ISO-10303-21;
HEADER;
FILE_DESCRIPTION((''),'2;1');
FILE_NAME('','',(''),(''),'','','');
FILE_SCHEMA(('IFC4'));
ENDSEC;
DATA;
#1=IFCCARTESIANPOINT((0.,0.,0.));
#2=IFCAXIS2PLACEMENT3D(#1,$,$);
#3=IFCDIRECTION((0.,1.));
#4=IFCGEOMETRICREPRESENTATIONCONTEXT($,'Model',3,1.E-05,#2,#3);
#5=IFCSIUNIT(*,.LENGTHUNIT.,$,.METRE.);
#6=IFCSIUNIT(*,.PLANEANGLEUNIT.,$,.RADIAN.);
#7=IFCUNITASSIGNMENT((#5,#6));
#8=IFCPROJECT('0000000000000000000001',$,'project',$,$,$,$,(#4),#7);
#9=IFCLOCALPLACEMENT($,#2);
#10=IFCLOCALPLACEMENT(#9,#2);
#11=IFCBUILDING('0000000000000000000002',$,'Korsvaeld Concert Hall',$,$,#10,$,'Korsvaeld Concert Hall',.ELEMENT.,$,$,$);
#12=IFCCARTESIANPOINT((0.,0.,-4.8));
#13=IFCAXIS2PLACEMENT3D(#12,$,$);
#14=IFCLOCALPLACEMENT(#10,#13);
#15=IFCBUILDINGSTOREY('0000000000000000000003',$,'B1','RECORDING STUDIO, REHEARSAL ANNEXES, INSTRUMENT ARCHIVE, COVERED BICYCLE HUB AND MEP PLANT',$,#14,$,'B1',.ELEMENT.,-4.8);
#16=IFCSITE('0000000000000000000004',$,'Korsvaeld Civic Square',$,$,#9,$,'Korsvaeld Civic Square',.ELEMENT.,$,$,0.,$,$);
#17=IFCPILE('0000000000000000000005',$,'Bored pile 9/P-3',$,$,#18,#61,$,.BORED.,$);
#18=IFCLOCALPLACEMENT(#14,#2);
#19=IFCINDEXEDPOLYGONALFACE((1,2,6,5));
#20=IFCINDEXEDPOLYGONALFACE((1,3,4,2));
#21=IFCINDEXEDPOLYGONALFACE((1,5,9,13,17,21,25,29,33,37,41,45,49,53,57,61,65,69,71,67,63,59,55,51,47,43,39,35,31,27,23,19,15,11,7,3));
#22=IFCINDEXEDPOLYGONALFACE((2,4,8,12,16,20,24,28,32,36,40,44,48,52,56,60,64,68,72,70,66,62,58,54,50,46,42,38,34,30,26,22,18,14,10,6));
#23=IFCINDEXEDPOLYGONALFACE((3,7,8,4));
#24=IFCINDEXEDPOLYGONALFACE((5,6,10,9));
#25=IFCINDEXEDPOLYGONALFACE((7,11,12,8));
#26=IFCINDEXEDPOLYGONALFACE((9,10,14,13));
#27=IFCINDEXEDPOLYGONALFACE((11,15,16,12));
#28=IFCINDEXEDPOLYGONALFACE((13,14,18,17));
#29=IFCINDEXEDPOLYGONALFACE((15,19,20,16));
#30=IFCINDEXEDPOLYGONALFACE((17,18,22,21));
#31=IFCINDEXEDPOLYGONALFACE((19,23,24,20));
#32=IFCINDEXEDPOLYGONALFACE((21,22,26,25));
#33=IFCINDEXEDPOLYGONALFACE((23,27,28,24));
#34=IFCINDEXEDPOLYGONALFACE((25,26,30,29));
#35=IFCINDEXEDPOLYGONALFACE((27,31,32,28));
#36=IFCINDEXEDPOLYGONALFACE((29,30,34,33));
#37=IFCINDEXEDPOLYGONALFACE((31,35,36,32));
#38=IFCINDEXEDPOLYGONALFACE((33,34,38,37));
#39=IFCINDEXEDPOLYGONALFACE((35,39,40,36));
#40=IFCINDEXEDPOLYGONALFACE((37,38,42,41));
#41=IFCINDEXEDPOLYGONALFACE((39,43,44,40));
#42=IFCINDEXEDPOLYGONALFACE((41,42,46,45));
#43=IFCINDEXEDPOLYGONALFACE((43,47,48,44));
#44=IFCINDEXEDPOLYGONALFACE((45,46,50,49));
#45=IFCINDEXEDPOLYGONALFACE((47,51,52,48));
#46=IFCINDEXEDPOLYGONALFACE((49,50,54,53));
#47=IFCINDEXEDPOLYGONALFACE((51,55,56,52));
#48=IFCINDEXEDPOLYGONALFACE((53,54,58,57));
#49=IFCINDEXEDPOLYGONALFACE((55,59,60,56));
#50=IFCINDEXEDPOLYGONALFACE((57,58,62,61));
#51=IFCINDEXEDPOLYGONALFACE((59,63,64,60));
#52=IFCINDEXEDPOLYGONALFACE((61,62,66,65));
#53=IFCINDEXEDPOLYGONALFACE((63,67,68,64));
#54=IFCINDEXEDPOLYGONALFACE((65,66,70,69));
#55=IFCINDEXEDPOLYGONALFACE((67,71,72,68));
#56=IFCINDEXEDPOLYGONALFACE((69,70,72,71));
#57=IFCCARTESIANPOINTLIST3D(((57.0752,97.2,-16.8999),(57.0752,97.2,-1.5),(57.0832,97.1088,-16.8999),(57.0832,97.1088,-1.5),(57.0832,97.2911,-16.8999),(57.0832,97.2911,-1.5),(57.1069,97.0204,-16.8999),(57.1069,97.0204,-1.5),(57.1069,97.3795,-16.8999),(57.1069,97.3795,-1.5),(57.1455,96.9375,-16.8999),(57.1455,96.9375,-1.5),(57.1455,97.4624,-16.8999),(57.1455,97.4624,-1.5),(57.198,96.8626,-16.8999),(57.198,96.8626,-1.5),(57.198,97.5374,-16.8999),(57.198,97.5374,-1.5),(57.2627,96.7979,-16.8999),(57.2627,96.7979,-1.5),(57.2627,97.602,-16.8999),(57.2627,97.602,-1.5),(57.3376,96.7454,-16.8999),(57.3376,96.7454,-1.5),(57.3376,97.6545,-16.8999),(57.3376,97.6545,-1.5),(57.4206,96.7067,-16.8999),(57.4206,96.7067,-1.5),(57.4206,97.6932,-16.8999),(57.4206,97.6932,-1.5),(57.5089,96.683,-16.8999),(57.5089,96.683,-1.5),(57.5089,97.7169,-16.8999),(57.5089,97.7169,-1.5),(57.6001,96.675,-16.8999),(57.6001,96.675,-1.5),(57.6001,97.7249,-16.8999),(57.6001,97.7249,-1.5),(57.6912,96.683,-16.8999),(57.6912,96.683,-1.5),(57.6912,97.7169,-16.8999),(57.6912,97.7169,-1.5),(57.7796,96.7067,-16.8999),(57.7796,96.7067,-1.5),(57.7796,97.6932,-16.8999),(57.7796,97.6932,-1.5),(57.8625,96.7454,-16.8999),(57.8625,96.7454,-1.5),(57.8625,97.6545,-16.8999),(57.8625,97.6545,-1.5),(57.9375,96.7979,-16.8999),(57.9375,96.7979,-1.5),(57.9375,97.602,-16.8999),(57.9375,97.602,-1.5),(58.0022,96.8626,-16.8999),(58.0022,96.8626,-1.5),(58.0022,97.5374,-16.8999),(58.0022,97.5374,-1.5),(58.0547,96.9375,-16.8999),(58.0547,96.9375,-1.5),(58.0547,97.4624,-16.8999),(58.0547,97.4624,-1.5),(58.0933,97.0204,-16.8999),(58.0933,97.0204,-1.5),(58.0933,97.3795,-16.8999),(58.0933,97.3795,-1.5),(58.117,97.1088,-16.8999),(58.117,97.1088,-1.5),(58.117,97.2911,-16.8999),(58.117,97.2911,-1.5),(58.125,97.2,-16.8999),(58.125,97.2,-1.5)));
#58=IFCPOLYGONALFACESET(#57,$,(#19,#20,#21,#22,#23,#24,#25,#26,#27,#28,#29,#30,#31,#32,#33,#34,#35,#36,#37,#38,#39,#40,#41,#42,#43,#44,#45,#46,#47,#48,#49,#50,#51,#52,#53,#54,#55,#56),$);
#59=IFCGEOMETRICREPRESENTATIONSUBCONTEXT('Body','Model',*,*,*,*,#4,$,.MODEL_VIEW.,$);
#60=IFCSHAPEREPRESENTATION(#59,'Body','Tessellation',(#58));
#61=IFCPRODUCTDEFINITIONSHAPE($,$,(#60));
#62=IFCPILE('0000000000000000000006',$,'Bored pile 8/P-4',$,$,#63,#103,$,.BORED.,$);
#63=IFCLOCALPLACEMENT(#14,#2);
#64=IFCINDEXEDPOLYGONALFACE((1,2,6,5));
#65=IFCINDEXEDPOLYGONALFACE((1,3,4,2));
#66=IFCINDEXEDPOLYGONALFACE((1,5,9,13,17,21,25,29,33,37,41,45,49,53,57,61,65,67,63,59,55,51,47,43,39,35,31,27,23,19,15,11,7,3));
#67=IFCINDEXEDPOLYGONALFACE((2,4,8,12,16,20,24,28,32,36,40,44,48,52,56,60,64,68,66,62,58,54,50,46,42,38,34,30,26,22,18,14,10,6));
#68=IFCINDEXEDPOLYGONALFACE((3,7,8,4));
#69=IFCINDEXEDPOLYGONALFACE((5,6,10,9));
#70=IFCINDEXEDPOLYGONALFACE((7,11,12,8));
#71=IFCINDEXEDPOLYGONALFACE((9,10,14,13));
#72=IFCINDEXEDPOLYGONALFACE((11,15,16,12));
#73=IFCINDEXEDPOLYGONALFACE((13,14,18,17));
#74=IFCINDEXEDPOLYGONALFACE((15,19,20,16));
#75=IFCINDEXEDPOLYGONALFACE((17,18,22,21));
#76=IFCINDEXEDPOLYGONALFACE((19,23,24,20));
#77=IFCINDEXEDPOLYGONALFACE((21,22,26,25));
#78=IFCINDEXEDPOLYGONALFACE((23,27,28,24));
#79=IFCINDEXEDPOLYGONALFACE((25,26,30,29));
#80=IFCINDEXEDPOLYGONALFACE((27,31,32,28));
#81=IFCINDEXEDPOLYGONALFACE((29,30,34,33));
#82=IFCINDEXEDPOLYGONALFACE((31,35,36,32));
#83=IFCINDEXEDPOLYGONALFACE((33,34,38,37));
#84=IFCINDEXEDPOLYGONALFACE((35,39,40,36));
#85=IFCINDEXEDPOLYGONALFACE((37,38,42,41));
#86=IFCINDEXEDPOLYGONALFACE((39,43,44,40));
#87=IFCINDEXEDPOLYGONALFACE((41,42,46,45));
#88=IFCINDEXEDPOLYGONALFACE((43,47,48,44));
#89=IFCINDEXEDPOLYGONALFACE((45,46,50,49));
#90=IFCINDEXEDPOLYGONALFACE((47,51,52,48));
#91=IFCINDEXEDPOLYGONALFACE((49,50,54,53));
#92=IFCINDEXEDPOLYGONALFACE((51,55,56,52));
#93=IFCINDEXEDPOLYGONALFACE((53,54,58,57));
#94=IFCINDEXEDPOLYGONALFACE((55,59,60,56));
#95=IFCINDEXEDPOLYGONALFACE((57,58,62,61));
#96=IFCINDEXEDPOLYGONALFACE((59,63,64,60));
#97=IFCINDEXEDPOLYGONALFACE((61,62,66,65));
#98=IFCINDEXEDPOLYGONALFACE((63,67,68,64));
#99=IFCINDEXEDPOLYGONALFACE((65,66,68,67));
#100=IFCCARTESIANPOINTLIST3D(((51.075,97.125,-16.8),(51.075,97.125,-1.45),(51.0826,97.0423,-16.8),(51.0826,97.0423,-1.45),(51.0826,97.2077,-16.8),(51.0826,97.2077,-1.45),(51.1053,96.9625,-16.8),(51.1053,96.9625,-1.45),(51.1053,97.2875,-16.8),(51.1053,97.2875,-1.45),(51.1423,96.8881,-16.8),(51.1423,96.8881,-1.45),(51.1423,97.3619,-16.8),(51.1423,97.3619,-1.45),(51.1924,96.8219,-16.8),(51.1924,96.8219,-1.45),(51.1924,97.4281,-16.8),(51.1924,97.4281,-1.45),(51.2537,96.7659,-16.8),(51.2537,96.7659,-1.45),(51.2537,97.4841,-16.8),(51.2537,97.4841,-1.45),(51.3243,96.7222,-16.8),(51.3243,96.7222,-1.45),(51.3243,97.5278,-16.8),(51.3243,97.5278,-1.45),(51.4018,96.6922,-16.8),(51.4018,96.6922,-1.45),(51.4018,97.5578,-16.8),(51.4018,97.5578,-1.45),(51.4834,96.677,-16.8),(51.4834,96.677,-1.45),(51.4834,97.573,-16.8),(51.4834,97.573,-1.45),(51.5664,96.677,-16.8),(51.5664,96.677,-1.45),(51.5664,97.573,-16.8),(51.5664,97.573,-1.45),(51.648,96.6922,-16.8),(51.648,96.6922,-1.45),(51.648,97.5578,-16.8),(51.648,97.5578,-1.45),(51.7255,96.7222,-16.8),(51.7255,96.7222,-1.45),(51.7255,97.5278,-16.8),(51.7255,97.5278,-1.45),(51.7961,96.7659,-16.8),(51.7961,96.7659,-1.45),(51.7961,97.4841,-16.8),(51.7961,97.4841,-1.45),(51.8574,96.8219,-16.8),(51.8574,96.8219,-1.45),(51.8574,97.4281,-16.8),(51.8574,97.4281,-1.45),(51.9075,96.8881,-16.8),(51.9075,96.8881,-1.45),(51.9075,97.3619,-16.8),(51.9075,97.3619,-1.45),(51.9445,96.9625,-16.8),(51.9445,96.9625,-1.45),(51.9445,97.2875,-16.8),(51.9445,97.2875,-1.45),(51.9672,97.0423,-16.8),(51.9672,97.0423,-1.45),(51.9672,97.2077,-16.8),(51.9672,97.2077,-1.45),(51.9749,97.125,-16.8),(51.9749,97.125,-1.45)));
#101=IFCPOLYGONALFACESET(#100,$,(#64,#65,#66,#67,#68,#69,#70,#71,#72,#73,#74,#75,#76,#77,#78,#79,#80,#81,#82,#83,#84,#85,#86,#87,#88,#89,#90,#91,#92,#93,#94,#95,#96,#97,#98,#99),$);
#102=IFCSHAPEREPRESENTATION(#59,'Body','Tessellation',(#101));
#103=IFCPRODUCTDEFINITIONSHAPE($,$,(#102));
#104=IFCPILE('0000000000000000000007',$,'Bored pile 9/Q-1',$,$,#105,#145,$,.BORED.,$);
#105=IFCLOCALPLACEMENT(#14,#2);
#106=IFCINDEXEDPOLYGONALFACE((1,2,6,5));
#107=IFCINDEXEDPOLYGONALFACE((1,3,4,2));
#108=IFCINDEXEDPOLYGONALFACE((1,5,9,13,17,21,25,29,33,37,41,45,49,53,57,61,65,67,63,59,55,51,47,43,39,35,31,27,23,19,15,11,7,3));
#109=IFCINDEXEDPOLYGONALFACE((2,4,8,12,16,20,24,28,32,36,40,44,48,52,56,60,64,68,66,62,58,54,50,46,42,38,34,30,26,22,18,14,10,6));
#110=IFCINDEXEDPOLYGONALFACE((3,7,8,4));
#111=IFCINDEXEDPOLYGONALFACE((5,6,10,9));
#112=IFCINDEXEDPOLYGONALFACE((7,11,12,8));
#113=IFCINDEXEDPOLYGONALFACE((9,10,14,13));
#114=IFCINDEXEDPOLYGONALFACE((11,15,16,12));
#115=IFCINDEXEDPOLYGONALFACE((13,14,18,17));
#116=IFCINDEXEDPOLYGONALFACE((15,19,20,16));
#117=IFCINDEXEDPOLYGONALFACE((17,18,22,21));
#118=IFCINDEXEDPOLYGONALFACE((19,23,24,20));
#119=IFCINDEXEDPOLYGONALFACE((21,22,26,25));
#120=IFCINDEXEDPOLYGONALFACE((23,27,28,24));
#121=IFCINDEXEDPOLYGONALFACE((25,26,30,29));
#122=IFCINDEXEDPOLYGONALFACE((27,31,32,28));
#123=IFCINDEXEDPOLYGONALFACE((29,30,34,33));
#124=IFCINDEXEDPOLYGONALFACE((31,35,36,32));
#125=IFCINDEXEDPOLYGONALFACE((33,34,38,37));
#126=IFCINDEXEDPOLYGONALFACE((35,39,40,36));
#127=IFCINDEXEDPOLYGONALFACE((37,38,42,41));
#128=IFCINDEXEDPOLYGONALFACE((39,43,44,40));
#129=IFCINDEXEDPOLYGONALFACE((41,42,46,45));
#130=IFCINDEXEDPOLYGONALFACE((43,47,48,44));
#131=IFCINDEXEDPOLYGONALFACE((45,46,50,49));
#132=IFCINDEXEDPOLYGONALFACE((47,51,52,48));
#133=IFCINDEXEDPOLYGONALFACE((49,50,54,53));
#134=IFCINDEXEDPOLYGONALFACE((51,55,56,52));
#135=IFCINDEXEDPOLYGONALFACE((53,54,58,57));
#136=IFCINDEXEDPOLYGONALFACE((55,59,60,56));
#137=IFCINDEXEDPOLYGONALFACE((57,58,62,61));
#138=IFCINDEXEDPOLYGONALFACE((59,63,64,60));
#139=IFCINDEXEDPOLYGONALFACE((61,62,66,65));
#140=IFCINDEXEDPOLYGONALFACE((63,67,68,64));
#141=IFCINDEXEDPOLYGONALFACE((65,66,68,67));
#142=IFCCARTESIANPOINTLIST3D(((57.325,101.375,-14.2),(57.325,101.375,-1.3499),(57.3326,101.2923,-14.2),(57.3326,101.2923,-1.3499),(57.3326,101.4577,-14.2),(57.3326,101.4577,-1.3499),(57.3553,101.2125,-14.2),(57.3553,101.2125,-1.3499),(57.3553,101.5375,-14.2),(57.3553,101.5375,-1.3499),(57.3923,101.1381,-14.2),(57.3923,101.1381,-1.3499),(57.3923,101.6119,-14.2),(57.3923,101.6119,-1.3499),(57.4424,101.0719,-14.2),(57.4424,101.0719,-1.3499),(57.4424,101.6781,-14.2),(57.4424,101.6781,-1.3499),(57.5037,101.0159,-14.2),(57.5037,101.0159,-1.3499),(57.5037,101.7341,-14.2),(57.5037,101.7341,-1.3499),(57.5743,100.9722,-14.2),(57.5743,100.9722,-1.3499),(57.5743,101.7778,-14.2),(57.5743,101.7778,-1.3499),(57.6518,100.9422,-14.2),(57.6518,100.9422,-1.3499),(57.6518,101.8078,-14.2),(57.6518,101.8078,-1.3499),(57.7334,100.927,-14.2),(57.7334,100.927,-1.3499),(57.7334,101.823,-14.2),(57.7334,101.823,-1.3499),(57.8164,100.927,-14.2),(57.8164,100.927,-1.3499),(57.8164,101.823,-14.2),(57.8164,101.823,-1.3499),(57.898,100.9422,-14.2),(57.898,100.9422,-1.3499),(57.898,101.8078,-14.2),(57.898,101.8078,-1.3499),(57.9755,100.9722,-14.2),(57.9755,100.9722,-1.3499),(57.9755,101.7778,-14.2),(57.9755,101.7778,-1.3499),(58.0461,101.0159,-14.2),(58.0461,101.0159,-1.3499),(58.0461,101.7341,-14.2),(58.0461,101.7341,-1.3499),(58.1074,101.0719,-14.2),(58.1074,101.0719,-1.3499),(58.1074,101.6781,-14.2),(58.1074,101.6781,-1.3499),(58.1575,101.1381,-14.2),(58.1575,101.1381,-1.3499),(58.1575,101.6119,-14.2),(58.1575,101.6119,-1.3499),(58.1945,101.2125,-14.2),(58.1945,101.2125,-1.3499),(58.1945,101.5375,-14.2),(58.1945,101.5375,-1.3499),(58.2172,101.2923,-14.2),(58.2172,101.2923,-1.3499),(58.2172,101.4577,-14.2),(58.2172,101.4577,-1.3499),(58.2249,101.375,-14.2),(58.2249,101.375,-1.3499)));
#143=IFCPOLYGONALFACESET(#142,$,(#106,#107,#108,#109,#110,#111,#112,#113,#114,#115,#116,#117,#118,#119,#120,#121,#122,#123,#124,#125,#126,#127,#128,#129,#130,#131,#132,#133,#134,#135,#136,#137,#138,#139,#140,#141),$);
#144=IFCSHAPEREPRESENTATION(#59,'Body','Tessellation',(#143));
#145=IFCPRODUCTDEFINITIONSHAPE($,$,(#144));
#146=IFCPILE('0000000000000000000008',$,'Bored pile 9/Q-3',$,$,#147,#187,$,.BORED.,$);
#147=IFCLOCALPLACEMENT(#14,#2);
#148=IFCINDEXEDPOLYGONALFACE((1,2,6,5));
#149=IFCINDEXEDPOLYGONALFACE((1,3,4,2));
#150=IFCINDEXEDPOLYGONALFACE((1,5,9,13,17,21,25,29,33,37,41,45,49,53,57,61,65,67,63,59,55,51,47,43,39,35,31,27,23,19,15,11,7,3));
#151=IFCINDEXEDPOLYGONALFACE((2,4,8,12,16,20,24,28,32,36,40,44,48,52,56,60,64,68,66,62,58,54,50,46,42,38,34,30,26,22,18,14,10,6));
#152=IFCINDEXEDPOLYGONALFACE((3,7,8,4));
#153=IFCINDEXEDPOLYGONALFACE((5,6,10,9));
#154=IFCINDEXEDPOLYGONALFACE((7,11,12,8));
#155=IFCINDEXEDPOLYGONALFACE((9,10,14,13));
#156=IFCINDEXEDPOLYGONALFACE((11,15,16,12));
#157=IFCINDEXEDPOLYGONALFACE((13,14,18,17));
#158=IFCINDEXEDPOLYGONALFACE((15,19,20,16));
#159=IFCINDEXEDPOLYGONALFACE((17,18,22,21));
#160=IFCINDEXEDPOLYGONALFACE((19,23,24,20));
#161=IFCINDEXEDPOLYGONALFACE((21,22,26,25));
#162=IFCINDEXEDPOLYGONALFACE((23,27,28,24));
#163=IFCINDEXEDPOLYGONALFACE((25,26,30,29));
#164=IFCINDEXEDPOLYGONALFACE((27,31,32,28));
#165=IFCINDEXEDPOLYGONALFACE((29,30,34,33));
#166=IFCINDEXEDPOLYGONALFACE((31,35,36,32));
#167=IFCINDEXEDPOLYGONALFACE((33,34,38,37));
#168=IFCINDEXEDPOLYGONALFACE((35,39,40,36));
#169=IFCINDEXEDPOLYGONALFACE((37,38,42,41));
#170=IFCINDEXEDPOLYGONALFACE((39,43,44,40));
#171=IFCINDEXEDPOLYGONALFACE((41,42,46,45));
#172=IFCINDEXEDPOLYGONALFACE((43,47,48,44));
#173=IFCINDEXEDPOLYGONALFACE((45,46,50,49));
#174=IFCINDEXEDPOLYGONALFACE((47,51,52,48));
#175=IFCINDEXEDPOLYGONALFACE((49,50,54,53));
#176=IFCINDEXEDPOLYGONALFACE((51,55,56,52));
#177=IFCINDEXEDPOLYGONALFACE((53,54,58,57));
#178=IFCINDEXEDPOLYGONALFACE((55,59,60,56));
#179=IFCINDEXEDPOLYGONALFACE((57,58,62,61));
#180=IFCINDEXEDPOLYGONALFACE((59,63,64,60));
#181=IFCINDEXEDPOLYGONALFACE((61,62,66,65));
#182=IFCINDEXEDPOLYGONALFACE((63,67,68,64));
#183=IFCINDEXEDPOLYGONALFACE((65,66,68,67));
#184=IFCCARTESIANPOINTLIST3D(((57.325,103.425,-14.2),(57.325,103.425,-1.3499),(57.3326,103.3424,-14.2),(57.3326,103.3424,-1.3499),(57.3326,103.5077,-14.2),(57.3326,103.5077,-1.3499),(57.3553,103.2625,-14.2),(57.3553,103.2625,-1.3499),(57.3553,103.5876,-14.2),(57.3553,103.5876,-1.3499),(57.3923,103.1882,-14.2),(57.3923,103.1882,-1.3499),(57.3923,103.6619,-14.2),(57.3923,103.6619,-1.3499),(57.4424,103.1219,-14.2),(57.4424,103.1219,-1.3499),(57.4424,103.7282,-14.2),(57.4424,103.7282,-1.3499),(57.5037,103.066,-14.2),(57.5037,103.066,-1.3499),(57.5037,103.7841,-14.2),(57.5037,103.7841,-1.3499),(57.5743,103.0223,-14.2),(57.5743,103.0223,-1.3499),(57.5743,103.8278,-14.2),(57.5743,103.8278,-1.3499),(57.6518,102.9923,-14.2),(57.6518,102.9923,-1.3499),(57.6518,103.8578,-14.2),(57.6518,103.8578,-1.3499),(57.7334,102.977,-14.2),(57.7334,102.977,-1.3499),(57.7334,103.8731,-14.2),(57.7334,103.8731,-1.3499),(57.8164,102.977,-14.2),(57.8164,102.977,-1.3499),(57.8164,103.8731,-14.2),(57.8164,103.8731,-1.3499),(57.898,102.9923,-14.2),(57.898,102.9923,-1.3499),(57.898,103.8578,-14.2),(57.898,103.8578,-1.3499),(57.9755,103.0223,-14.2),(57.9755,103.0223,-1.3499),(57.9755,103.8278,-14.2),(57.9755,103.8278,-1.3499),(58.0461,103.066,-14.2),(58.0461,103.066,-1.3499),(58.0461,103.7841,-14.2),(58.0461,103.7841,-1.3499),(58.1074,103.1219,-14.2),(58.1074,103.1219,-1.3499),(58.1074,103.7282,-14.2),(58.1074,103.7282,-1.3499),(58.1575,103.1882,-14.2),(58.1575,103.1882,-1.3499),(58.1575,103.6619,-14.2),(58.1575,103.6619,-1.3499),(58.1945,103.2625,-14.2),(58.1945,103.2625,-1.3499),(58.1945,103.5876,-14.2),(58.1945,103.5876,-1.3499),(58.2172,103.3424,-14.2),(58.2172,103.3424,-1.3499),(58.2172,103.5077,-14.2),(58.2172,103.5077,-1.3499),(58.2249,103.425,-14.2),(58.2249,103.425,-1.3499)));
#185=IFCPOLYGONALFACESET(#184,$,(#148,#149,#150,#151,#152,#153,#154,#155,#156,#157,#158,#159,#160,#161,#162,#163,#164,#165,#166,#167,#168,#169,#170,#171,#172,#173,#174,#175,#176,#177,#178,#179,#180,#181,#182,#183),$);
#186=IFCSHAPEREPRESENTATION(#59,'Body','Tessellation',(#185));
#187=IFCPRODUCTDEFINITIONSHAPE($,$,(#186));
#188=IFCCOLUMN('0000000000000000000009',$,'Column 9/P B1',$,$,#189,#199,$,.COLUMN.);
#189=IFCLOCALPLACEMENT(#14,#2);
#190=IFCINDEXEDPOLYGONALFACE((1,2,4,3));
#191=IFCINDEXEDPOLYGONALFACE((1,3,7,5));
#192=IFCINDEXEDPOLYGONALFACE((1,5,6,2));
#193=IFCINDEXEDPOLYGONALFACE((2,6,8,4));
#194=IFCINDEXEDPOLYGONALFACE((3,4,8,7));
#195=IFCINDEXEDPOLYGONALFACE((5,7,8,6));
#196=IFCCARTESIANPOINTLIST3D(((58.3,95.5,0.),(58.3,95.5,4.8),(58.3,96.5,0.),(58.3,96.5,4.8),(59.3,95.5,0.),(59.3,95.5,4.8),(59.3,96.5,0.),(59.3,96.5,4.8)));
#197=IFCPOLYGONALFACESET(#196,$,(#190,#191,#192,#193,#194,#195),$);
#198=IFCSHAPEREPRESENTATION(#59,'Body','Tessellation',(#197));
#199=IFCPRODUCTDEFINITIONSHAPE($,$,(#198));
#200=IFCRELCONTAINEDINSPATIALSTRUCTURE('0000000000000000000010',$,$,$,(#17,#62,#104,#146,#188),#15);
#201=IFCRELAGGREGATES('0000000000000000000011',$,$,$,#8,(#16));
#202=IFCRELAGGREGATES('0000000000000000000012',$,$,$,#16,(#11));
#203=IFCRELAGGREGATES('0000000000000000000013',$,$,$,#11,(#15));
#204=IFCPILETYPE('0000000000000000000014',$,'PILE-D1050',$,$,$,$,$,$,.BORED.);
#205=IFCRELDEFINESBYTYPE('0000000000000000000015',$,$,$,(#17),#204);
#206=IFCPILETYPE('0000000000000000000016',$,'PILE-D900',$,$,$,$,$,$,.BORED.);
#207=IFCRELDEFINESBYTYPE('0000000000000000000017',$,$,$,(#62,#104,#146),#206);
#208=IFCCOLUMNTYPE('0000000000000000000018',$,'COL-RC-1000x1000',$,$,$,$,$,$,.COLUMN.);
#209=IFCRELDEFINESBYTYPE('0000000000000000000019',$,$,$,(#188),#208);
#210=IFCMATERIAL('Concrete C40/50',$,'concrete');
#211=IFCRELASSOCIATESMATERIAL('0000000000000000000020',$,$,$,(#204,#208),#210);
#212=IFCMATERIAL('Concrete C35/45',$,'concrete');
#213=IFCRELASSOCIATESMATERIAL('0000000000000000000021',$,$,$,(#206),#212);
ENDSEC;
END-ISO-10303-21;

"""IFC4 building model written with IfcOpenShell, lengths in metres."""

from ifc_helpers import new_model, si_unit, direction, frame, origin, origin_2d, place, context, subcontext, project, spatial, rectangle, circle, extrude, material, material_profile, profile_set, type_object, element, save


model = new_model("IFC4")

# Units and contexts
model_context = context("Model", 3, precision=1e-05, world=origin(), true_north=direction((0.0, 1.0)))
body_context = subcontext(model_context, "Body", "Model", "MODEL_VIEW")
ifc_project = project(units=[si_unit("LENGTHUNIT", "METRE"), si_unit("PLANEANGLEUNIT", "RADIAN")], contexts=[model_context])

# Site, building, storey
site_placement = place(None, origin())
site = spatial("IfcSite", under=ifc_project, at=site_placement, Name="Korsvaeld Civic Square", LongName="Korsvaeld Civic Square", CompositionType="ELEMENT", RefElevation=0.0)
building_placement = place(site_placement, origin())
building = spatial("IfcBuilding", under=site, at=building_placement, Name="Korsvaeld Concert Hall", LongName="Korsvaeld Concert Hall", CompositionType="ELEMENT")
storey_placement = place(building_placement, frame((0.0, 0.0, -4.8)))
storey = spatial("IfcBuildingStorey", under=building, at=storey_placement, Name="B1", Description="RECORDING STUDIO, REHEARSAL ANNEXES, INSTRUMENT ARCHIVE, COVERED BICYCLE HUB AND MEP PLANT", LongName="B1", CompositionType="ELEMENT", Elevation=-4.8)

# Shared definitions
ifc_material_1 = material(Name="Concrete C35/45", Category="concrete")

# Piles
ifc_material_2 = material(Name="Concrete C40/50", Category="concrete")
ifc_material_profile_1 = material_profile(ifc_material_2, circle(Radius=0.5249, at=origin_2d()), Name="BORED PILE D1050")
ifc_profile_set_1 = profile_set([ifc_material_profile_1], Name="Concrete C40/50")
pile_type_1 = type_object("IfcPileType", Name="PILE-D1050", PredefinedType="BORED", material=ifc_profile_set_1)
for number, where, z_axis, x_axis, name in (
    (1, (57.6001, 97.2, -1.5), (0.0, 0.0, -1.0), (1.0, 0.0, 0.0), "Bored pile 9/P-3"),
):
    element("IfcPile", number, at=place(storey_placement, frame(where, z_axis=z_axis, x_axis=x_axis)), inside=storey, type_object=pile_type_1, Name=name, PredefinedType="BORED", context=body_context, shape_type="SweptSolid", body=[
        extrude(circle(Radius=0.5249, at=origin_2d()), origin(), (0.0, 0.0, 1.0), 15.3999),
    ])
ifc_material_profile_2 = material_profile(ifc_material_1, circle(Radius=0.45, at=origin_2d()), Name="BORED PILE D900")
ifc_profile_set_2 = profile_set([ifc_material_profile_2], Name="Concrete C35/45")
pile_type_2 = type_object("IfcPileType", Name="PILE-D900", PredefinedType="BORED", material=ifc_profile_set_2)
pile_placement = place(storey_placement, frame((51.5249, 97.125, -1.45), z_axis=(0.0, 0.0, -1.0), x_axis=(1.0, 0.0, 0.0)))
element("IfcPile", 2, at=pile_placement, inside=storey, type_object=pile_type_2, Name="Bored pile 8/P-4", PredefinedType="BORED", context=body_context, shape_type="SweptSolid", body=[
    extrude(circle(Radius=0.45, at=origin_2d()), origin(), (0.0, 0.0, 1.0), 15.3501),
])
for number, where, z_axis, x_axis, name in (
    (3, (57.7749, 101.375, -1.3499), (0.0, 0.0, -1.0), (1.0, 0.0, 0.0), "Bored pile 9/Q-1"),
    (4, (57.7749, 103.425, -1.3499), (0.0, 0.0, -1.0), (1.0, 0.0, 0.0), "Bored pile 9/Q-3"),
):
    element("IfcPile", number, at=place(storey_placement, frame(where, z_axis=z_axis, x_axis=x_axis)), inside=storey, type_object=pile_type_2, Name=name, PredefinedType="BORED", context=body_context, shape_type="SweptSolid", body=[
        extrude(circle(Radius=0.45, at=origin_2d()), origin(), (0.0, 0.0, 1.0), 12.8501),
    ])

# Column
ifc_material_profile_3 = material_profile(ifc_material_2, rectangle(XDim=1.0, YDim=1.0, at=origin_2d()), Name="RC 1000x1000")
ifc_profile_set_3 = profile_set([ifc_material_profile_3], Name="Concrete C40/50")
column_type_1 = type_object("IfcColumnType", Name="COL-RC-1000x1000", PredefinedType="COLUMN", material=ifc_profile_set_3)
column_1_placement = place(storey_placement, frame((58.8, 96.0, 0.0), z_axis=(0.0, 0.0, 1.0), x_axis=(1.0, 0.0, 0.0)))
element("IfcColumn", 5, at=column_1_placement, inside=storey, type_object=column_type_1, Name="Column 9/P B1", PredefinedType="COLUMN", context=body_context, shape_type="SweptSolid", body=[
    extrude(rectangle(XDim=1.0, YDim=1.0, at=origin_2d()), origin(), (0.0, 0.0, 1.0), 4.8),
])

save(model, "model.ifc")
